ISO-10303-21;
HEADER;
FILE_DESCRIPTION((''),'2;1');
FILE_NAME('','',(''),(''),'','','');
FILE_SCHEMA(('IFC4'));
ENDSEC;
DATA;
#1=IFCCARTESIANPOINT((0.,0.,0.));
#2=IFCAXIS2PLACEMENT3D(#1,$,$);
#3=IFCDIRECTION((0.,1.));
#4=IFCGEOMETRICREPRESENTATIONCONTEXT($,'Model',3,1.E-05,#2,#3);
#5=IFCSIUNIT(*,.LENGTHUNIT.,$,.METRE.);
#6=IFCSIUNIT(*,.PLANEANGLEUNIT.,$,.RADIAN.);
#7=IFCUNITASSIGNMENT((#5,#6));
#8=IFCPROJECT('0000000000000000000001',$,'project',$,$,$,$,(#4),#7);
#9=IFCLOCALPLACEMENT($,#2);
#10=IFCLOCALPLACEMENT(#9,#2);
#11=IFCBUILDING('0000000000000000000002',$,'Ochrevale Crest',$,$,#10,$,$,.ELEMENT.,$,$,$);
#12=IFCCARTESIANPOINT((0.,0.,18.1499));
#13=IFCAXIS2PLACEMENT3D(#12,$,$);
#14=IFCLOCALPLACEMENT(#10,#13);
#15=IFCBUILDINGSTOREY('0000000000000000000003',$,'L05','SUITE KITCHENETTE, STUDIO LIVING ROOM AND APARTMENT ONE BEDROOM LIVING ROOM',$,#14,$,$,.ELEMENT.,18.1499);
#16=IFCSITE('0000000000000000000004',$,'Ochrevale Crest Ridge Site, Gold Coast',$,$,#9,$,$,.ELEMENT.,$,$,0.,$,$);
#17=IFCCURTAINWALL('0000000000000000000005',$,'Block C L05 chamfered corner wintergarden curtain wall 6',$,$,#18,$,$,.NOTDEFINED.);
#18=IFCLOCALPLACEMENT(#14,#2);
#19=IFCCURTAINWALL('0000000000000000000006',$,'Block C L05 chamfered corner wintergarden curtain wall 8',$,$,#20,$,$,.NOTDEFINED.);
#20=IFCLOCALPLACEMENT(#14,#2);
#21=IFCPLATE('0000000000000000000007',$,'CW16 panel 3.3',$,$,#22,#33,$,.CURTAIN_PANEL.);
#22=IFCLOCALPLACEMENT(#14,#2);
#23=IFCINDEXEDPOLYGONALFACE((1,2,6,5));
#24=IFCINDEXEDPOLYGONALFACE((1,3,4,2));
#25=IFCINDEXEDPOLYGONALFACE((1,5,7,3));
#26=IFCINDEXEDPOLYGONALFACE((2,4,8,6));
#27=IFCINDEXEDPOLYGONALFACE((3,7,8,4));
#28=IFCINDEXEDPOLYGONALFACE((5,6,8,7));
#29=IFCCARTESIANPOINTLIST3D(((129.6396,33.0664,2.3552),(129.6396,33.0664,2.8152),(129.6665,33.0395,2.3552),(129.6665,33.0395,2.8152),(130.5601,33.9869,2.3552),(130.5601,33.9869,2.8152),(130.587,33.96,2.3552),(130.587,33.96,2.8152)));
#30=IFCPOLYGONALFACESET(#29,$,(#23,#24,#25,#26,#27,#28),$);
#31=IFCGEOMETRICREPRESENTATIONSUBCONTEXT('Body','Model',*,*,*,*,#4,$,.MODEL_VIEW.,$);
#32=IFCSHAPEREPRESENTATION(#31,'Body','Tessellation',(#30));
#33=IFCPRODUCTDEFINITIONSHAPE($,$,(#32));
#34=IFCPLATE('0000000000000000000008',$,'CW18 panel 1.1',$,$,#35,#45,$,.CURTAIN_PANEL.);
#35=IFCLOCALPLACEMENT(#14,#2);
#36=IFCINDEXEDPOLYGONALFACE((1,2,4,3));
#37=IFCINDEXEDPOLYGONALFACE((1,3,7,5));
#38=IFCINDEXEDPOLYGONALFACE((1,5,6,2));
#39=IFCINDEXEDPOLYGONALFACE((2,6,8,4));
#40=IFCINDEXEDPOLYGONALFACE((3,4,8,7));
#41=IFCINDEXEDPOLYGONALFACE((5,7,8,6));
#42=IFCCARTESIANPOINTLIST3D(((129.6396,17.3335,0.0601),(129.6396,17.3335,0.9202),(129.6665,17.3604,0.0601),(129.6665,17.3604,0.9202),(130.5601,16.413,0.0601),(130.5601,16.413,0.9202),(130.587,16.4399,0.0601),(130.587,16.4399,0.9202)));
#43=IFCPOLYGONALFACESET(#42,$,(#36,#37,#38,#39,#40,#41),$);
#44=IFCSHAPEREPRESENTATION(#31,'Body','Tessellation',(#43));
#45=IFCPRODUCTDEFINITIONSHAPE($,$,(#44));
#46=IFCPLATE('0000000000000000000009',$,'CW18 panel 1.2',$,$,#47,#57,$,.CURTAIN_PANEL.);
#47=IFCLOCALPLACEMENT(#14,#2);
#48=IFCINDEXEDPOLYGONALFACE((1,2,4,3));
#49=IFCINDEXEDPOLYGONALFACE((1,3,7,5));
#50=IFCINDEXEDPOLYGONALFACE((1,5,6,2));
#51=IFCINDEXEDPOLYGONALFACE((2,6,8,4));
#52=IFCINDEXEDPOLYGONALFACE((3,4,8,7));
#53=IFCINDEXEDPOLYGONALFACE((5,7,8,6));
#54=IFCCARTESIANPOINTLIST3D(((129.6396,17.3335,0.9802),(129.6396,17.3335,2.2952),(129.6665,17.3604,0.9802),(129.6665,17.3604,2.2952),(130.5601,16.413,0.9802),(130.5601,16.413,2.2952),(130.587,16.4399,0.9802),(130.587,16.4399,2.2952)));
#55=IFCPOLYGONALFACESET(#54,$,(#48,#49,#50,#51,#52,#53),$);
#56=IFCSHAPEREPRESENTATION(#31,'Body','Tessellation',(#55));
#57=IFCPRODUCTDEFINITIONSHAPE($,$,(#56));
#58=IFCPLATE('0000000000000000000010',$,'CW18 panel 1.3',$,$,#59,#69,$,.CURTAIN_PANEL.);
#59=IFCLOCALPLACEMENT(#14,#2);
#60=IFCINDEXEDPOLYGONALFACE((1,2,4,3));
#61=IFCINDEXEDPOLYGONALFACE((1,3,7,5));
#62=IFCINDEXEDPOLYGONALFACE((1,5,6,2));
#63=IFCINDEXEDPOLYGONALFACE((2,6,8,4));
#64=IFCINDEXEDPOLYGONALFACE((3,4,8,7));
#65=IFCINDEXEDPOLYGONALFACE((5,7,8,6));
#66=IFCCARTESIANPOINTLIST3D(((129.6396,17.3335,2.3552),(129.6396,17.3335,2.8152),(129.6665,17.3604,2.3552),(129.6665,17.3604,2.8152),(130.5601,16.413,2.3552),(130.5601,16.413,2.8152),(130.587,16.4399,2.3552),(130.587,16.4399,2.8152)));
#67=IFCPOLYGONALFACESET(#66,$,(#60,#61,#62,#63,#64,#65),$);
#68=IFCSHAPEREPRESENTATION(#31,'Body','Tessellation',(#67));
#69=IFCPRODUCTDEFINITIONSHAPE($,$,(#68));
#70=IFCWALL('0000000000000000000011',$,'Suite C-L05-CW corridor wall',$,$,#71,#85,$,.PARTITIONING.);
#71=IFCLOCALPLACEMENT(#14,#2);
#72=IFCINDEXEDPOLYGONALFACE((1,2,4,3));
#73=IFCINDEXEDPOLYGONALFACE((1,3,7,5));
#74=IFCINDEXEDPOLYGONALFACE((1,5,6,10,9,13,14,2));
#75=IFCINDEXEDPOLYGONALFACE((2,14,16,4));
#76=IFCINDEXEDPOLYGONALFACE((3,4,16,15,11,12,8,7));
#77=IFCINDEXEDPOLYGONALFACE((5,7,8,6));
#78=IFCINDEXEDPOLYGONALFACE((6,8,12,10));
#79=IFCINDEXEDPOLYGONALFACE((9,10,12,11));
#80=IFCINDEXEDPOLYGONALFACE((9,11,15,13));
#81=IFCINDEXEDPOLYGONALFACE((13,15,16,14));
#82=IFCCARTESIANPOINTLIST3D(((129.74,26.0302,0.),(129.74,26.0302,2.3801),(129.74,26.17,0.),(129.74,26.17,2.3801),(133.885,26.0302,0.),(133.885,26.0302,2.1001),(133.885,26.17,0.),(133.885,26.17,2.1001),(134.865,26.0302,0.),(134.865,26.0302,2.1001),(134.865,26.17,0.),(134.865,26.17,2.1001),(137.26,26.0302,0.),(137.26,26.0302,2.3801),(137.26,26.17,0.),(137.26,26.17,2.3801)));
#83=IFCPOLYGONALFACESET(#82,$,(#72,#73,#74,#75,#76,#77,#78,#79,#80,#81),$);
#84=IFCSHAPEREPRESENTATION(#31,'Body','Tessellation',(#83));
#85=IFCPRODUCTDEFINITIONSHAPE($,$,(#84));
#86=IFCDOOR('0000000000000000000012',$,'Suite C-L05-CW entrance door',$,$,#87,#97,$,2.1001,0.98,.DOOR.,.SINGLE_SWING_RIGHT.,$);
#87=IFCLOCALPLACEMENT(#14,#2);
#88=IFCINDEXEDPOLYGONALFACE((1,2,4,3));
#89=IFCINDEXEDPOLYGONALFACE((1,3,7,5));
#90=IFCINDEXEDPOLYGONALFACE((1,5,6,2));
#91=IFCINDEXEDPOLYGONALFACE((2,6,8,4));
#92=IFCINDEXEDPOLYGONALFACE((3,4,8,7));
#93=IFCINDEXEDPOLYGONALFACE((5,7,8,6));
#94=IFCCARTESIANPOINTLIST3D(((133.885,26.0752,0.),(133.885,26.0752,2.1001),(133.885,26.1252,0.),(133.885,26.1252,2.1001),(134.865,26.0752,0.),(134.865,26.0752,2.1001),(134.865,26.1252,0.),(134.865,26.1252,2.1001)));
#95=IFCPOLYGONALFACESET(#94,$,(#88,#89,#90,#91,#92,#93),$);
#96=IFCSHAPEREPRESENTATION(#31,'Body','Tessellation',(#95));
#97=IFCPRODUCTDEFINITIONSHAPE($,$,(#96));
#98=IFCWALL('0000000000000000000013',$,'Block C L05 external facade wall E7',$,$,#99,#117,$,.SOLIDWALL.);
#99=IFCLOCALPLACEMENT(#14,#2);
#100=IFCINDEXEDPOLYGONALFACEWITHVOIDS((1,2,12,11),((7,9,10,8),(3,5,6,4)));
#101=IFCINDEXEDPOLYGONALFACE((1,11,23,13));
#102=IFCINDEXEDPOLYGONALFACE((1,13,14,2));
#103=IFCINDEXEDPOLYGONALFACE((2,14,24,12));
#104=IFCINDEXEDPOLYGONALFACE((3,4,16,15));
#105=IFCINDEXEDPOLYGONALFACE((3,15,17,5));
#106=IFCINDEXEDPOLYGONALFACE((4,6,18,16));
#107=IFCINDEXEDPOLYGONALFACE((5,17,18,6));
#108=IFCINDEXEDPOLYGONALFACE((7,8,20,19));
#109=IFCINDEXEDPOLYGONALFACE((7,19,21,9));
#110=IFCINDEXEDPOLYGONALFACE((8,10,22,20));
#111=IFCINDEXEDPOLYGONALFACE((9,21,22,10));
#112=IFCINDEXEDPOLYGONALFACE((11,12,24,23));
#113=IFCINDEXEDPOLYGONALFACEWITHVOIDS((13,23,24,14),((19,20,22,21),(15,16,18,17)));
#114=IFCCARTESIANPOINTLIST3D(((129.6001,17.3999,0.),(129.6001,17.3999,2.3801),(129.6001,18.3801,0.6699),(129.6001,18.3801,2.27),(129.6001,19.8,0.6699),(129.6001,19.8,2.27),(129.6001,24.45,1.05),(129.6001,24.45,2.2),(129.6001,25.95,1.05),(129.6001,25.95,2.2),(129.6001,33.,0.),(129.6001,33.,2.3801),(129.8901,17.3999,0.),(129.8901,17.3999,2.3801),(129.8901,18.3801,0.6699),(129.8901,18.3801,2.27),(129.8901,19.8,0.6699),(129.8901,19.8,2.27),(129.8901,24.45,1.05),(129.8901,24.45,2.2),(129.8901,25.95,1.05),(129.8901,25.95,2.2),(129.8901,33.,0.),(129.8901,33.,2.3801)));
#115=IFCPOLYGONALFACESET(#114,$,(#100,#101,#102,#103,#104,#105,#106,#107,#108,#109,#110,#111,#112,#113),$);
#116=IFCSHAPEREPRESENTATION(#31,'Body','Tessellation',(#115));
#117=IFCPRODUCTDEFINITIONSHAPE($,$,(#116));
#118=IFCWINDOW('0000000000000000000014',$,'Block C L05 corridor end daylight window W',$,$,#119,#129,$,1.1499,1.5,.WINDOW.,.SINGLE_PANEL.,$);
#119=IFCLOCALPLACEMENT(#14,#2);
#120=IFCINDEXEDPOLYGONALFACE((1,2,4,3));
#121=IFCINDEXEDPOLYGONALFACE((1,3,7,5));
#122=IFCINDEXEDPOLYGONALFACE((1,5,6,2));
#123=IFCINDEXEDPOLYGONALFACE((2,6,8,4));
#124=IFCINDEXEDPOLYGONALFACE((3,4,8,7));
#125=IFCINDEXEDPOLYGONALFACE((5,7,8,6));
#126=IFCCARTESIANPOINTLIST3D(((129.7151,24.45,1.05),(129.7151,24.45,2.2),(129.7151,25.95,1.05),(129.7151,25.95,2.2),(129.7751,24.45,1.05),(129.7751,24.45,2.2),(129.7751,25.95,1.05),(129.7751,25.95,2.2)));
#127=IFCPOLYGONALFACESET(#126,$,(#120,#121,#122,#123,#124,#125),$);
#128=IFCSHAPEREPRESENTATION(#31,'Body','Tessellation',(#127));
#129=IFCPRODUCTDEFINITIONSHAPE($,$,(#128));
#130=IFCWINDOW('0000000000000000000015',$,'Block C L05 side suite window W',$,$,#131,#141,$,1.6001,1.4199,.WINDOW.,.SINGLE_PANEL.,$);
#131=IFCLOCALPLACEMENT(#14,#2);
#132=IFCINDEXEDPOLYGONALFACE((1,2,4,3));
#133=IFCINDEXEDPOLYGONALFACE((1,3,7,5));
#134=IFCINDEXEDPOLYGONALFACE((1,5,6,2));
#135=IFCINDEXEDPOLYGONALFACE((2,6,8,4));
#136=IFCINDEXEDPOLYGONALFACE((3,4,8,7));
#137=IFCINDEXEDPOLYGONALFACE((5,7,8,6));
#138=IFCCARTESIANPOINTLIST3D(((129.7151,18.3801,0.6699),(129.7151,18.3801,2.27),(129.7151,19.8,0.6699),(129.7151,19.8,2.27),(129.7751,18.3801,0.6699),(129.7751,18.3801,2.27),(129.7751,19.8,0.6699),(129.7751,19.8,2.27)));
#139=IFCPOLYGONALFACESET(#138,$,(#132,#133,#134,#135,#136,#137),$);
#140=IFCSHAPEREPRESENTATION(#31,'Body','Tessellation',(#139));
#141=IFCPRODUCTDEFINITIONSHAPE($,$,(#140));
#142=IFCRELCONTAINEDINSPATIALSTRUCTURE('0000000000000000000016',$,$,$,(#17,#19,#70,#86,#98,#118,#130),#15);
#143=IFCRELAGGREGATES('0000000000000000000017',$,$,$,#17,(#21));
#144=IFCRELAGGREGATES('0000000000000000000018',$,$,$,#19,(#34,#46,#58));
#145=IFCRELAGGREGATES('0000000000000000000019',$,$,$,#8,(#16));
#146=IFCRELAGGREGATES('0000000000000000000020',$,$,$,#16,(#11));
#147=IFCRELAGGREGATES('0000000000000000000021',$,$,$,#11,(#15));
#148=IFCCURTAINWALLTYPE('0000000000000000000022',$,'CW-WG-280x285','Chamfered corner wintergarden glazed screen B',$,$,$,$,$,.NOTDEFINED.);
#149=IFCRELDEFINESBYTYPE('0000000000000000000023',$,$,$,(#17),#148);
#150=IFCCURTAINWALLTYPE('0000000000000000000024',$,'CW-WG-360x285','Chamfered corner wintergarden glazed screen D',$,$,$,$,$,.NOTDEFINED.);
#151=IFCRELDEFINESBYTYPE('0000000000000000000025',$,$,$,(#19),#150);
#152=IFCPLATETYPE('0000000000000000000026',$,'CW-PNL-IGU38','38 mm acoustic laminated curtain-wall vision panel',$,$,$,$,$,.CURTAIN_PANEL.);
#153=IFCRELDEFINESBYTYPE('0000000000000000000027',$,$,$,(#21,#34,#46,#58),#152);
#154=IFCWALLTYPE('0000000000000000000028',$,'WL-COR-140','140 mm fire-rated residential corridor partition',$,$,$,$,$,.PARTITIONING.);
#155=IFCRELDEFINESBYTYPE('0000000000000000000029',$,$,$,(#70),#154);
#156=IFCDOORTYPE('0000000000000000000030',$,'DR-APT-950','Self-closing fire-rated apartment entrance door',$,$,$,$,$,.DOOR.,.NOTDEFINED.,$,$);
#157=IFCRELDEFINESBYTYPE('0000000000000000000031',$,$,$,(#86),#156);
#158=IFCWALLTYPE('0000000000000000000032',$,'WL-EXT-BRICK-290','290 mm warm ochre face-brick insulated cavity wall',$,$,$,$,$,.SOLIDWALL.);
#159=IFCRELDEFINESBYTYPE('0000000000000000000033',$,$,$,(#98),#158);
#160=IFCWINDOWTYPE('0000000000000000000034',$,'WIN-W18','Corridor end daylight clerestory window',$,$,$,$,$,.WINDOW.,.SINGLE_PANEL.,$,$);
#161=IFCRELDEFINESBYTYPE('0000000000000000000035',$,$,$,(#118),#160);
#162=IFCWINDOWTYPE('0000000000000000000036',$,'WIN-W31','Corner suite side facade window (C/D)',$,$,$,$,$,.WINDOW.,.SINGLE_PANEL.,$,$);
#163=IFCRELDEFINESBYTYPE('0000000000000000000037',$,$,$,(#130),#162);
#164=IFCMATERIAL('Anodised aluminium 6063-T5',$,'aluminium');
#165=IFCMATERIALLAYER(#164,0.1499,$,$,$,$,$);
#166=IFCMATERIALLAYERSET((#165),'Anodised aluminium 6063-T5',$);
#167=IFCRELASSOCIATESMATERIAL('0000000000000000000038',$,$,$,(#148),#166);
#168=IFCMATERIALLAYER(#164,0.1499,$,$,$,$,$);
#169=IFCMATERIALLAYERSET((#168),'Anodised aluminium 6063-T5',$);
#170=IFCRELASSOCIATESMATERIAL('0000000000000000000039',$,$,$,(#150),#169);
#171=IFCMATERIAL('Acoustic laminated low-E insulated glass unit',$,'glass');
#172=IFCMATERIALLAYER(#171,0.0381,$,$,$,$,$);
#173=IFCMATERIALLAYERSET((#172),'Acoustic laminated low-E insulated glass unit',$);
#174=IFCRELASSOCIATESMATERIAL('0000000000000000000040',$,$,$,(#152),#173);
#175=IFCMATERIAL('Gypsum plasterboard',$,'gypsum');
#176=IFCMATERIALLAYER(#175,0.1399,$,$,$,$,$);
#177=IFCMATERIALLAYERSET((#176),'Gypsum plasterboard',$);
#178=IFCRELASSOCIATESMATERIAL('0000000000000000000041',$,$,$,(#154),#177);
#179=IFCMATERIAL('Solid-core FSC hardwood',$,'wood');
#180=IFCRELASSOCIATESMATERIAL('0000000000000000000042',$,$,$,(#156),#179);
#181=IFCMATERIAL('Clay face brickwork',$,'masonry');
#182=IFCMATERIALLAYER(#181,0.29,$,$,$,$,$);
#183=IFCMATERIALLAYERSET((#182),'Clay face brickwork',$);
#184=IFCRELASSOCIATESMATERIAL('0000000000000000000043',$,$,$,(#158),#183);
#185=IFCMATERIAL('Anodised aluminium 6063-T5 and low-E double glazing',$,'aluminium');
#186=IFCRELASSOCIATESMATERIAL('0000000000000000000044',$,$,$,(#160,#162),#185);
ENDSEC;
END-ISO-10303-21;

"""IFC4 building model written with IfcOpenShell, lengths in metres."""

from ifc_helpers import new_model, si_unit, direction, frame, frame_2d, origin, origin_2d, place, context, subcontext, project, spatial, rectangle, extrude, material, layer, layer_set, type_object, element, fill, aggregate, save


model = new_model("IFC4")

# Units and contexts
model_context = context("Model", 3, precision=1e-05, world=origin(), true_north=direction((0.0, 1.0)))
body_context = subcontext(model_context, "Body", "Model", "MODEL_VIEW")
ifc_project = project(units=[si_unit("LENGTHUNIT", "METRE"), si_unit("PLANEANGLEUNIT", "RADIAN")], contexts=[model_context])

# Site, building, storey
site_placement = place(None, origin())
site = spatial("IfcSite", under=ifc_project, at=site_placement, Name="Ochrevale Crest Ridge Site, Gold Coast", CompositionType="ELEMENT", RefElevation=0.0)
building_placement = place(site_placement, origin())
building = spatial("IfcBuilding", under=site, at=building_placement, Name="Ochrevale Crest", CompositionType="ELEMENT")
storey_placement = place(building_placement, frame((0.0, 0.0, 18.1499)))
storey = spatial("IfcBuildingStorey", under=building, at=storey_placement, Name="L05", Description="SUITE KITCHENETTE, STUDIO LIVING ROOM AND APARTMENT ONE BEDROOM LIVING ROOM", CompositionType="ELEMENT", Elevation=18.1499)

# Curtain walls
ifc_material_1 = material(Name="Anodised aluminium 6063-T5", Category="aluminium")
ifc_layer_1 = layer(ifc_material_1, 0.1499)
ifc_layer_set_1 = layer_set([ifc_layer_1], Name="Anodised aluminium 6063-T5")
curtain_wall_type_1 = type_object("IfcCurtainWallType", Name="CW-WG-280x285", Description="Chamfered corner wintergarden glazed screen B", PredefinedType="NOTDEFINED", material=ifc_layer_set_1)
curtain_wall_1_placement = place(storey_placement, origin())
curtain_wall_1 = element("IfcCurtainWall", 1, at=curtain_wall_1_placement, inside=storey, type_object=curtain_wall_type_1, Name="Block C L05 chamfered corner wintergarden curtain wall 6", PredefinedType="NOTDEFINED")
ifc_layer_2 = layer(ifc_material_1, 0.1499)
ifc_layer_set_2 = layer_set([ifc_layer_2], Name="Anodised aluminium 6063-T5")
curtain_wall_type_2 = type_object("IfcCurtainWallType", Name="CW-WG-360x285", Description="Chamfered corner wintergarden glazed screen D", PredefinedType="NOTDEFINED", material=ifc_layer_set_2)
curtain_wall_2_placement = place(storey_placement, origin())
curtain_wall_2 = element("IfcCurtainWall", 2, at=curtain_wall_2_placement, inside=storey, type_object=curtain_wall_type_2, Name="Block C L05 chamfered corner wintergarden curtain wall 8", PredefinedType="NOTDEFINED")

# Plates
ifc_material_2 = material(Name="Acoustic laminated low-E insulated glass unit", Category="glass")
ifc_layer_3 = layer(ifc_material_2, 0.0381)
ifc_layer_set_3 = layer_set([ifc_layer_3], Name="Acoustic laminated low-E insulated glass unit")
plate_type = type_object("IfcPlateType", Name="CW-PNL-IGU38", Description="38 mm acoustic laminated curtain-wall vision panel", PredefinedType="CURTAIN_PANEL", material=ifc_layer_set_3)
plate_1_placement = place(storey_placement, frame((130.1133, 33.5132, 2.3552), z_axis=(0.0, 0.0, 1.0), x_axis=(-0.707107, -0.707107, 0.0)))
plate_1 = element("IfcPlate", 3, at=plate_1_placement, type_object=plate_type, Name="CW16 panel 3.3", PredefinedType="CURTAIN_PANEL", context=body_context, shape_type="SweptSolid", body=[
    extrude(rectangle(XDim=1.3018, YDim=0.0381, at=origin_2d()), origin(), (0.0, 0.0, 1.0), 0.46),
])
aggregate(curtain_wall_1, [plate_1])
plate_2_placement = place(storey_placement, frame((130.1133, 16.8867, 0.0601), z_axis=(0.0, 0.0, 1.0), x_axis=(0.707107, -0.707107, 0.0)))
plate_2 = element("IfcPlate", 4, at=plate_2_placement, type_object=plate_type, Name="CW18 panel 1.1", PredefinedType="CURTAIN_PANEL", context=body_context, shape_type="SweptSolid", body=[
    extrude(rectangle(XDim=1.3018, YDim=0.0381, at=origin_2d()), origin(), (0.0, 0.0, 1.0), 0.8601),
])
plate_3_placement = place(storey_placement, frame((130.1133, 16.8867, 0.9802), z_axis=(0.0, 0.0, 1.0), x_axis=(0.707107, -0.707107, 0.0)))
plate_3 = element("IfcPlate", 5, at=plate_3_placement, type_object=plate_type, Name="CW18 panel 1.2", PredefinedType="CURTAIN_PANEL", context=body_context, shape_type="SweptSolid", body=[
    extrude(rectangle(XDim=1.3018, YDim=0.0381, at=origin_2d()), origin(), (0.0, 0.0, 1.0), 1.3149),
])
plate_4_placement = place(storey_placement, frame((130.1133, 16.8867, 2.3552), z_axis=(0.0, 0.0, 1.0), x_axis=(0.707107, -0.707107, 0.0)))
plate_4 = element("IfcPlate", 6, at=plate_4_placement, type_object=plate_type, Name="CW18 panel 1.3", PredefinedType="CURTAIN_PANEL", context=body_context, shape_type="SweptSolid", body=[
    extrude(rectangle(XDim=1.3018, YDim=0.0381, at=origin_2d()), origin(), (0.0, 0.0, 1.0), 0.46),
])
aggregate(curtain_wall_2, [plate_2, plate_3, plate_4])

# Wall, opening, door
ifc_material_3 = material(Name="Gypsum plasterboard", Category="gypsum")
ifc_layer_4 = layer(ifc_material_3, 0.1399)
ifc_layer_set_4 = layer_set([ifc_layer_4], Name="Gypsum plasterboard")
wall_type_1 = type_object("IfcWallType", Name="WL-COR-140", Description="140 mm fire-rated residential corridor partition", PredefinedType="PARTITIONING", material=ifc_layer_set_4)
wall_1_placement = place(storey_placement, frame((129.74, 26.1001, 0.0), z_axis=(0.0, 0.0, 1.0), x_axis=(1.0, 0.0, 0.0)))
wall_1 = element("IfcWall", 7, at=wall_1_placement, inside=storey, type_object=wall_type_1, Name="Suite C-L05-CW corridor wall", PredefinedType="PARTITIONING", context=body_context, shape_type="SweptSolid", body=[
    extrude(rectangle(XDim=7.52, YDim=0.1399, at=frame_2d((3.76, 0.0))), origin(), (0.0, 0.0, 1.0), 2.3801),
])
opening_1_placement = place(wall_1_placement, frame((5.125, 0.0, 0.0), z_axis=(0.0, 0.0, 1.0), x_axis=(-1.0, 0.0, 0.0)))
opening_1 = element("IfcOpeningElement", 8, at=opening_1_placement, cuts=wall_1, PredefinedType="OPENING", context=body_context, shape_type="SweptSolid", body=[
    extrude(rectangle(XDim=0.98, YDim=2.1001, at=frame_2d((0.49, 1.05))), frame((0.0, 0.0801, 0.0), z_axis=(0.0, -1.0, 0.0), x_axis=(1.0, 0.0, 0.0)), (0.0, 0.0, 1.0), 0.1599),
])
ifc_material_4 = material(Name="Solid-core FSC hardwood", Category="wood")
door_type_1 = type_object("IfcDoorType", Name="DR-APT-950", Description="Self-closing fire-rated apartment entrance door", OperationType="NOTDEFINED", PredefinedType="DOOR", material=ifc_material_4)
door_1_placement = place(opening_1_placement, origin())
door_1 = element("IfcDoor", 9, at=door_1_placement, inside=storey, type_object=door_type_1, Name="Suite C-L05-CW entrance door", OperationType="SINGLE_SWING_RIGHT", OverallHeight=2.1001, OverallWidth=0.98, PredefinedType="DOOR", context=body_context, shape_type="SweptSolid", body=[
    extrude(rectangle(XDim=0.98, YDim=2.1001, at=frame_2d((0.49, 1.05))), frame((0.0, 0.0249, 0.0), z_axis=(0.0, -1.0, 0.0), x_axis=(1.0, 0.0, 0.0)), (0.0, 0.0, 1.0), 0.05),
])
fill(opening_1, door_1)

# Wall, openings, windows
ifc_material_5 = material(Name="Clay face brickwork", Category="masonry")
ifc_layer_5 = layer(ifc_material_5, 0.29)
ifc_layer_set_5 = layer_set([ifc_layer_5], Name="Clay face brickwork")
wall_type_2 = type_object("IfcWallType", Name="WL-EXT-BRICK-290", Description="290 mm warm ochre face-brick insulated cavity wall", PredefinedType="SOLIDWALL", material=ifc_layer_set_5)
wall_2_placement = place(storey_placement, frame((129.7451, 33.0, 0.0), z_axis=(0.0, 0.0, 1.0), x_axis=(0.0, -1.0, 0.0)))
wall_2 = element("IfcWall", 10, at=wall_2_placement, inside=storey, type_object=wall_type_2, Name="Block C L05 external facade wall E7", PredefinedType="SOLIDWALL", context=body_context, shape_type="SweptSolid", body=[
    extrude(rectangle(XDim=15.6001, YDim=0.29, at=frame_2d((7.8, 0.0))), origin(), (0.0, 0.0, 1.0), 2.3801),
])
opening_2_placement = place(wall_2_placement, frame((7.05, 0.0, 1.05)))
opening_2 = element("IfcOpeningElement", 11, at=opening_2_placement, cuts=wall_2, PredefinedType="OPENING", context=body_context, shape_type="SweptSolid", body=[
    extrude(rectangle(XDim=1.5, YDim=1.1499, at=frame_2d((0.75, 0.575))), frame((0.0, 0.155, 0.0), z_axis=(0.0, -1.0, 0.0), x_axis=(1.0, 0.0, 0.0)), (0.0, 0.0, 1.0), 0.3101),
])
opening_3_placement = place(wall_2_placement, frame((13.2, 0.0, 0.6699)))
opening_3 = element("IfcOpeningElement", 12, at=opening_3_placement, cuts=wall_2, PredefinedType="OPENING", context=body_context, shape_type="SweptSolid", body=[
    extrude(rectangle(XDim=1.4199, YDim=1.6001, at=frame_2d((0.71, 0.8))), frame((0.0, 0.155, 0.0), z_axis=(0.0, -1.0, 0.0), x_axis=(1.0, 0.0, 0.0)), (0.0, 0.0, 1.0), 0.3101),
])
ifc_material_6 = material(Name="Anodised aluminium 6063-T5 and low-E double glazing", Category="aluminium")
window_type_1 = type_object("IfcWindowType", Name="WIN-W18", Description="Corridor end daylight clerestory window", PartitioningType="SINGLE_PANEL", PredefinedType="WINDOW", material=ifc_material_6)
window_1_placement = place(opening_2_placement, origin())
window_1 = element("IfcWindow", 13, at=window_1_placement, inside=storey, type_object=window_type_1, Name="Block C L05 corridor end daylight window W", OverallHeight=1.1499, OverallWidth=1.5, PartitioningType="SINGLE_PANEL", PredefinedType="WINDOW", context=body_context, shape_type="SweptSolid", body=[
    extrude(rectangle(XDim=1.5, YDim=1.1499, at=frame_2d((0.75, 0.575))), frame((0.0, 0.03, 0.0), z_axis=(0.0, -1.0, 0.0), x_axis=(1.0, 0.0, 0.0)), (0.0, 0.0, 1.0), 0.0601),
])
fill(opening_2, window_1)
window_type_2 = type_object("IfcWindowType", Name="WIN-W31", Description="Corner suite side facade window (C/D)", PartitioningType="SINGLE_PANEL", PredefinedType="WINDOW", material=ifc_material_6)
window_2_placement = place(opening_3_placement, origin())
window_2 = element("IfcWindow", 14, at=window_2_placement, inside=storey, type_object=window_type_2, Name="Block C L05 side suite window W", OverallHeight=1.6001, OverallWidth=1.4199, PartitioningType="SINGLE_PANEL", PredefinedType="WINDOW", context=body_context, shape_type="SweptSolid", body=[
    extrude(rectangle(XDim=1.4199, YDim=1.6001, at=frame_2d((0.71, 0.8))), frame((0.0, 0.03, 0.0), z_axis=(0.0, -1.0, 0.0), x_axis=(1.0, 0.0, 0.0)), (0.0, 0.0, 1.0), 0.0601),
])
fill(opening_3, window_2)

save(model, "model.ifc")
